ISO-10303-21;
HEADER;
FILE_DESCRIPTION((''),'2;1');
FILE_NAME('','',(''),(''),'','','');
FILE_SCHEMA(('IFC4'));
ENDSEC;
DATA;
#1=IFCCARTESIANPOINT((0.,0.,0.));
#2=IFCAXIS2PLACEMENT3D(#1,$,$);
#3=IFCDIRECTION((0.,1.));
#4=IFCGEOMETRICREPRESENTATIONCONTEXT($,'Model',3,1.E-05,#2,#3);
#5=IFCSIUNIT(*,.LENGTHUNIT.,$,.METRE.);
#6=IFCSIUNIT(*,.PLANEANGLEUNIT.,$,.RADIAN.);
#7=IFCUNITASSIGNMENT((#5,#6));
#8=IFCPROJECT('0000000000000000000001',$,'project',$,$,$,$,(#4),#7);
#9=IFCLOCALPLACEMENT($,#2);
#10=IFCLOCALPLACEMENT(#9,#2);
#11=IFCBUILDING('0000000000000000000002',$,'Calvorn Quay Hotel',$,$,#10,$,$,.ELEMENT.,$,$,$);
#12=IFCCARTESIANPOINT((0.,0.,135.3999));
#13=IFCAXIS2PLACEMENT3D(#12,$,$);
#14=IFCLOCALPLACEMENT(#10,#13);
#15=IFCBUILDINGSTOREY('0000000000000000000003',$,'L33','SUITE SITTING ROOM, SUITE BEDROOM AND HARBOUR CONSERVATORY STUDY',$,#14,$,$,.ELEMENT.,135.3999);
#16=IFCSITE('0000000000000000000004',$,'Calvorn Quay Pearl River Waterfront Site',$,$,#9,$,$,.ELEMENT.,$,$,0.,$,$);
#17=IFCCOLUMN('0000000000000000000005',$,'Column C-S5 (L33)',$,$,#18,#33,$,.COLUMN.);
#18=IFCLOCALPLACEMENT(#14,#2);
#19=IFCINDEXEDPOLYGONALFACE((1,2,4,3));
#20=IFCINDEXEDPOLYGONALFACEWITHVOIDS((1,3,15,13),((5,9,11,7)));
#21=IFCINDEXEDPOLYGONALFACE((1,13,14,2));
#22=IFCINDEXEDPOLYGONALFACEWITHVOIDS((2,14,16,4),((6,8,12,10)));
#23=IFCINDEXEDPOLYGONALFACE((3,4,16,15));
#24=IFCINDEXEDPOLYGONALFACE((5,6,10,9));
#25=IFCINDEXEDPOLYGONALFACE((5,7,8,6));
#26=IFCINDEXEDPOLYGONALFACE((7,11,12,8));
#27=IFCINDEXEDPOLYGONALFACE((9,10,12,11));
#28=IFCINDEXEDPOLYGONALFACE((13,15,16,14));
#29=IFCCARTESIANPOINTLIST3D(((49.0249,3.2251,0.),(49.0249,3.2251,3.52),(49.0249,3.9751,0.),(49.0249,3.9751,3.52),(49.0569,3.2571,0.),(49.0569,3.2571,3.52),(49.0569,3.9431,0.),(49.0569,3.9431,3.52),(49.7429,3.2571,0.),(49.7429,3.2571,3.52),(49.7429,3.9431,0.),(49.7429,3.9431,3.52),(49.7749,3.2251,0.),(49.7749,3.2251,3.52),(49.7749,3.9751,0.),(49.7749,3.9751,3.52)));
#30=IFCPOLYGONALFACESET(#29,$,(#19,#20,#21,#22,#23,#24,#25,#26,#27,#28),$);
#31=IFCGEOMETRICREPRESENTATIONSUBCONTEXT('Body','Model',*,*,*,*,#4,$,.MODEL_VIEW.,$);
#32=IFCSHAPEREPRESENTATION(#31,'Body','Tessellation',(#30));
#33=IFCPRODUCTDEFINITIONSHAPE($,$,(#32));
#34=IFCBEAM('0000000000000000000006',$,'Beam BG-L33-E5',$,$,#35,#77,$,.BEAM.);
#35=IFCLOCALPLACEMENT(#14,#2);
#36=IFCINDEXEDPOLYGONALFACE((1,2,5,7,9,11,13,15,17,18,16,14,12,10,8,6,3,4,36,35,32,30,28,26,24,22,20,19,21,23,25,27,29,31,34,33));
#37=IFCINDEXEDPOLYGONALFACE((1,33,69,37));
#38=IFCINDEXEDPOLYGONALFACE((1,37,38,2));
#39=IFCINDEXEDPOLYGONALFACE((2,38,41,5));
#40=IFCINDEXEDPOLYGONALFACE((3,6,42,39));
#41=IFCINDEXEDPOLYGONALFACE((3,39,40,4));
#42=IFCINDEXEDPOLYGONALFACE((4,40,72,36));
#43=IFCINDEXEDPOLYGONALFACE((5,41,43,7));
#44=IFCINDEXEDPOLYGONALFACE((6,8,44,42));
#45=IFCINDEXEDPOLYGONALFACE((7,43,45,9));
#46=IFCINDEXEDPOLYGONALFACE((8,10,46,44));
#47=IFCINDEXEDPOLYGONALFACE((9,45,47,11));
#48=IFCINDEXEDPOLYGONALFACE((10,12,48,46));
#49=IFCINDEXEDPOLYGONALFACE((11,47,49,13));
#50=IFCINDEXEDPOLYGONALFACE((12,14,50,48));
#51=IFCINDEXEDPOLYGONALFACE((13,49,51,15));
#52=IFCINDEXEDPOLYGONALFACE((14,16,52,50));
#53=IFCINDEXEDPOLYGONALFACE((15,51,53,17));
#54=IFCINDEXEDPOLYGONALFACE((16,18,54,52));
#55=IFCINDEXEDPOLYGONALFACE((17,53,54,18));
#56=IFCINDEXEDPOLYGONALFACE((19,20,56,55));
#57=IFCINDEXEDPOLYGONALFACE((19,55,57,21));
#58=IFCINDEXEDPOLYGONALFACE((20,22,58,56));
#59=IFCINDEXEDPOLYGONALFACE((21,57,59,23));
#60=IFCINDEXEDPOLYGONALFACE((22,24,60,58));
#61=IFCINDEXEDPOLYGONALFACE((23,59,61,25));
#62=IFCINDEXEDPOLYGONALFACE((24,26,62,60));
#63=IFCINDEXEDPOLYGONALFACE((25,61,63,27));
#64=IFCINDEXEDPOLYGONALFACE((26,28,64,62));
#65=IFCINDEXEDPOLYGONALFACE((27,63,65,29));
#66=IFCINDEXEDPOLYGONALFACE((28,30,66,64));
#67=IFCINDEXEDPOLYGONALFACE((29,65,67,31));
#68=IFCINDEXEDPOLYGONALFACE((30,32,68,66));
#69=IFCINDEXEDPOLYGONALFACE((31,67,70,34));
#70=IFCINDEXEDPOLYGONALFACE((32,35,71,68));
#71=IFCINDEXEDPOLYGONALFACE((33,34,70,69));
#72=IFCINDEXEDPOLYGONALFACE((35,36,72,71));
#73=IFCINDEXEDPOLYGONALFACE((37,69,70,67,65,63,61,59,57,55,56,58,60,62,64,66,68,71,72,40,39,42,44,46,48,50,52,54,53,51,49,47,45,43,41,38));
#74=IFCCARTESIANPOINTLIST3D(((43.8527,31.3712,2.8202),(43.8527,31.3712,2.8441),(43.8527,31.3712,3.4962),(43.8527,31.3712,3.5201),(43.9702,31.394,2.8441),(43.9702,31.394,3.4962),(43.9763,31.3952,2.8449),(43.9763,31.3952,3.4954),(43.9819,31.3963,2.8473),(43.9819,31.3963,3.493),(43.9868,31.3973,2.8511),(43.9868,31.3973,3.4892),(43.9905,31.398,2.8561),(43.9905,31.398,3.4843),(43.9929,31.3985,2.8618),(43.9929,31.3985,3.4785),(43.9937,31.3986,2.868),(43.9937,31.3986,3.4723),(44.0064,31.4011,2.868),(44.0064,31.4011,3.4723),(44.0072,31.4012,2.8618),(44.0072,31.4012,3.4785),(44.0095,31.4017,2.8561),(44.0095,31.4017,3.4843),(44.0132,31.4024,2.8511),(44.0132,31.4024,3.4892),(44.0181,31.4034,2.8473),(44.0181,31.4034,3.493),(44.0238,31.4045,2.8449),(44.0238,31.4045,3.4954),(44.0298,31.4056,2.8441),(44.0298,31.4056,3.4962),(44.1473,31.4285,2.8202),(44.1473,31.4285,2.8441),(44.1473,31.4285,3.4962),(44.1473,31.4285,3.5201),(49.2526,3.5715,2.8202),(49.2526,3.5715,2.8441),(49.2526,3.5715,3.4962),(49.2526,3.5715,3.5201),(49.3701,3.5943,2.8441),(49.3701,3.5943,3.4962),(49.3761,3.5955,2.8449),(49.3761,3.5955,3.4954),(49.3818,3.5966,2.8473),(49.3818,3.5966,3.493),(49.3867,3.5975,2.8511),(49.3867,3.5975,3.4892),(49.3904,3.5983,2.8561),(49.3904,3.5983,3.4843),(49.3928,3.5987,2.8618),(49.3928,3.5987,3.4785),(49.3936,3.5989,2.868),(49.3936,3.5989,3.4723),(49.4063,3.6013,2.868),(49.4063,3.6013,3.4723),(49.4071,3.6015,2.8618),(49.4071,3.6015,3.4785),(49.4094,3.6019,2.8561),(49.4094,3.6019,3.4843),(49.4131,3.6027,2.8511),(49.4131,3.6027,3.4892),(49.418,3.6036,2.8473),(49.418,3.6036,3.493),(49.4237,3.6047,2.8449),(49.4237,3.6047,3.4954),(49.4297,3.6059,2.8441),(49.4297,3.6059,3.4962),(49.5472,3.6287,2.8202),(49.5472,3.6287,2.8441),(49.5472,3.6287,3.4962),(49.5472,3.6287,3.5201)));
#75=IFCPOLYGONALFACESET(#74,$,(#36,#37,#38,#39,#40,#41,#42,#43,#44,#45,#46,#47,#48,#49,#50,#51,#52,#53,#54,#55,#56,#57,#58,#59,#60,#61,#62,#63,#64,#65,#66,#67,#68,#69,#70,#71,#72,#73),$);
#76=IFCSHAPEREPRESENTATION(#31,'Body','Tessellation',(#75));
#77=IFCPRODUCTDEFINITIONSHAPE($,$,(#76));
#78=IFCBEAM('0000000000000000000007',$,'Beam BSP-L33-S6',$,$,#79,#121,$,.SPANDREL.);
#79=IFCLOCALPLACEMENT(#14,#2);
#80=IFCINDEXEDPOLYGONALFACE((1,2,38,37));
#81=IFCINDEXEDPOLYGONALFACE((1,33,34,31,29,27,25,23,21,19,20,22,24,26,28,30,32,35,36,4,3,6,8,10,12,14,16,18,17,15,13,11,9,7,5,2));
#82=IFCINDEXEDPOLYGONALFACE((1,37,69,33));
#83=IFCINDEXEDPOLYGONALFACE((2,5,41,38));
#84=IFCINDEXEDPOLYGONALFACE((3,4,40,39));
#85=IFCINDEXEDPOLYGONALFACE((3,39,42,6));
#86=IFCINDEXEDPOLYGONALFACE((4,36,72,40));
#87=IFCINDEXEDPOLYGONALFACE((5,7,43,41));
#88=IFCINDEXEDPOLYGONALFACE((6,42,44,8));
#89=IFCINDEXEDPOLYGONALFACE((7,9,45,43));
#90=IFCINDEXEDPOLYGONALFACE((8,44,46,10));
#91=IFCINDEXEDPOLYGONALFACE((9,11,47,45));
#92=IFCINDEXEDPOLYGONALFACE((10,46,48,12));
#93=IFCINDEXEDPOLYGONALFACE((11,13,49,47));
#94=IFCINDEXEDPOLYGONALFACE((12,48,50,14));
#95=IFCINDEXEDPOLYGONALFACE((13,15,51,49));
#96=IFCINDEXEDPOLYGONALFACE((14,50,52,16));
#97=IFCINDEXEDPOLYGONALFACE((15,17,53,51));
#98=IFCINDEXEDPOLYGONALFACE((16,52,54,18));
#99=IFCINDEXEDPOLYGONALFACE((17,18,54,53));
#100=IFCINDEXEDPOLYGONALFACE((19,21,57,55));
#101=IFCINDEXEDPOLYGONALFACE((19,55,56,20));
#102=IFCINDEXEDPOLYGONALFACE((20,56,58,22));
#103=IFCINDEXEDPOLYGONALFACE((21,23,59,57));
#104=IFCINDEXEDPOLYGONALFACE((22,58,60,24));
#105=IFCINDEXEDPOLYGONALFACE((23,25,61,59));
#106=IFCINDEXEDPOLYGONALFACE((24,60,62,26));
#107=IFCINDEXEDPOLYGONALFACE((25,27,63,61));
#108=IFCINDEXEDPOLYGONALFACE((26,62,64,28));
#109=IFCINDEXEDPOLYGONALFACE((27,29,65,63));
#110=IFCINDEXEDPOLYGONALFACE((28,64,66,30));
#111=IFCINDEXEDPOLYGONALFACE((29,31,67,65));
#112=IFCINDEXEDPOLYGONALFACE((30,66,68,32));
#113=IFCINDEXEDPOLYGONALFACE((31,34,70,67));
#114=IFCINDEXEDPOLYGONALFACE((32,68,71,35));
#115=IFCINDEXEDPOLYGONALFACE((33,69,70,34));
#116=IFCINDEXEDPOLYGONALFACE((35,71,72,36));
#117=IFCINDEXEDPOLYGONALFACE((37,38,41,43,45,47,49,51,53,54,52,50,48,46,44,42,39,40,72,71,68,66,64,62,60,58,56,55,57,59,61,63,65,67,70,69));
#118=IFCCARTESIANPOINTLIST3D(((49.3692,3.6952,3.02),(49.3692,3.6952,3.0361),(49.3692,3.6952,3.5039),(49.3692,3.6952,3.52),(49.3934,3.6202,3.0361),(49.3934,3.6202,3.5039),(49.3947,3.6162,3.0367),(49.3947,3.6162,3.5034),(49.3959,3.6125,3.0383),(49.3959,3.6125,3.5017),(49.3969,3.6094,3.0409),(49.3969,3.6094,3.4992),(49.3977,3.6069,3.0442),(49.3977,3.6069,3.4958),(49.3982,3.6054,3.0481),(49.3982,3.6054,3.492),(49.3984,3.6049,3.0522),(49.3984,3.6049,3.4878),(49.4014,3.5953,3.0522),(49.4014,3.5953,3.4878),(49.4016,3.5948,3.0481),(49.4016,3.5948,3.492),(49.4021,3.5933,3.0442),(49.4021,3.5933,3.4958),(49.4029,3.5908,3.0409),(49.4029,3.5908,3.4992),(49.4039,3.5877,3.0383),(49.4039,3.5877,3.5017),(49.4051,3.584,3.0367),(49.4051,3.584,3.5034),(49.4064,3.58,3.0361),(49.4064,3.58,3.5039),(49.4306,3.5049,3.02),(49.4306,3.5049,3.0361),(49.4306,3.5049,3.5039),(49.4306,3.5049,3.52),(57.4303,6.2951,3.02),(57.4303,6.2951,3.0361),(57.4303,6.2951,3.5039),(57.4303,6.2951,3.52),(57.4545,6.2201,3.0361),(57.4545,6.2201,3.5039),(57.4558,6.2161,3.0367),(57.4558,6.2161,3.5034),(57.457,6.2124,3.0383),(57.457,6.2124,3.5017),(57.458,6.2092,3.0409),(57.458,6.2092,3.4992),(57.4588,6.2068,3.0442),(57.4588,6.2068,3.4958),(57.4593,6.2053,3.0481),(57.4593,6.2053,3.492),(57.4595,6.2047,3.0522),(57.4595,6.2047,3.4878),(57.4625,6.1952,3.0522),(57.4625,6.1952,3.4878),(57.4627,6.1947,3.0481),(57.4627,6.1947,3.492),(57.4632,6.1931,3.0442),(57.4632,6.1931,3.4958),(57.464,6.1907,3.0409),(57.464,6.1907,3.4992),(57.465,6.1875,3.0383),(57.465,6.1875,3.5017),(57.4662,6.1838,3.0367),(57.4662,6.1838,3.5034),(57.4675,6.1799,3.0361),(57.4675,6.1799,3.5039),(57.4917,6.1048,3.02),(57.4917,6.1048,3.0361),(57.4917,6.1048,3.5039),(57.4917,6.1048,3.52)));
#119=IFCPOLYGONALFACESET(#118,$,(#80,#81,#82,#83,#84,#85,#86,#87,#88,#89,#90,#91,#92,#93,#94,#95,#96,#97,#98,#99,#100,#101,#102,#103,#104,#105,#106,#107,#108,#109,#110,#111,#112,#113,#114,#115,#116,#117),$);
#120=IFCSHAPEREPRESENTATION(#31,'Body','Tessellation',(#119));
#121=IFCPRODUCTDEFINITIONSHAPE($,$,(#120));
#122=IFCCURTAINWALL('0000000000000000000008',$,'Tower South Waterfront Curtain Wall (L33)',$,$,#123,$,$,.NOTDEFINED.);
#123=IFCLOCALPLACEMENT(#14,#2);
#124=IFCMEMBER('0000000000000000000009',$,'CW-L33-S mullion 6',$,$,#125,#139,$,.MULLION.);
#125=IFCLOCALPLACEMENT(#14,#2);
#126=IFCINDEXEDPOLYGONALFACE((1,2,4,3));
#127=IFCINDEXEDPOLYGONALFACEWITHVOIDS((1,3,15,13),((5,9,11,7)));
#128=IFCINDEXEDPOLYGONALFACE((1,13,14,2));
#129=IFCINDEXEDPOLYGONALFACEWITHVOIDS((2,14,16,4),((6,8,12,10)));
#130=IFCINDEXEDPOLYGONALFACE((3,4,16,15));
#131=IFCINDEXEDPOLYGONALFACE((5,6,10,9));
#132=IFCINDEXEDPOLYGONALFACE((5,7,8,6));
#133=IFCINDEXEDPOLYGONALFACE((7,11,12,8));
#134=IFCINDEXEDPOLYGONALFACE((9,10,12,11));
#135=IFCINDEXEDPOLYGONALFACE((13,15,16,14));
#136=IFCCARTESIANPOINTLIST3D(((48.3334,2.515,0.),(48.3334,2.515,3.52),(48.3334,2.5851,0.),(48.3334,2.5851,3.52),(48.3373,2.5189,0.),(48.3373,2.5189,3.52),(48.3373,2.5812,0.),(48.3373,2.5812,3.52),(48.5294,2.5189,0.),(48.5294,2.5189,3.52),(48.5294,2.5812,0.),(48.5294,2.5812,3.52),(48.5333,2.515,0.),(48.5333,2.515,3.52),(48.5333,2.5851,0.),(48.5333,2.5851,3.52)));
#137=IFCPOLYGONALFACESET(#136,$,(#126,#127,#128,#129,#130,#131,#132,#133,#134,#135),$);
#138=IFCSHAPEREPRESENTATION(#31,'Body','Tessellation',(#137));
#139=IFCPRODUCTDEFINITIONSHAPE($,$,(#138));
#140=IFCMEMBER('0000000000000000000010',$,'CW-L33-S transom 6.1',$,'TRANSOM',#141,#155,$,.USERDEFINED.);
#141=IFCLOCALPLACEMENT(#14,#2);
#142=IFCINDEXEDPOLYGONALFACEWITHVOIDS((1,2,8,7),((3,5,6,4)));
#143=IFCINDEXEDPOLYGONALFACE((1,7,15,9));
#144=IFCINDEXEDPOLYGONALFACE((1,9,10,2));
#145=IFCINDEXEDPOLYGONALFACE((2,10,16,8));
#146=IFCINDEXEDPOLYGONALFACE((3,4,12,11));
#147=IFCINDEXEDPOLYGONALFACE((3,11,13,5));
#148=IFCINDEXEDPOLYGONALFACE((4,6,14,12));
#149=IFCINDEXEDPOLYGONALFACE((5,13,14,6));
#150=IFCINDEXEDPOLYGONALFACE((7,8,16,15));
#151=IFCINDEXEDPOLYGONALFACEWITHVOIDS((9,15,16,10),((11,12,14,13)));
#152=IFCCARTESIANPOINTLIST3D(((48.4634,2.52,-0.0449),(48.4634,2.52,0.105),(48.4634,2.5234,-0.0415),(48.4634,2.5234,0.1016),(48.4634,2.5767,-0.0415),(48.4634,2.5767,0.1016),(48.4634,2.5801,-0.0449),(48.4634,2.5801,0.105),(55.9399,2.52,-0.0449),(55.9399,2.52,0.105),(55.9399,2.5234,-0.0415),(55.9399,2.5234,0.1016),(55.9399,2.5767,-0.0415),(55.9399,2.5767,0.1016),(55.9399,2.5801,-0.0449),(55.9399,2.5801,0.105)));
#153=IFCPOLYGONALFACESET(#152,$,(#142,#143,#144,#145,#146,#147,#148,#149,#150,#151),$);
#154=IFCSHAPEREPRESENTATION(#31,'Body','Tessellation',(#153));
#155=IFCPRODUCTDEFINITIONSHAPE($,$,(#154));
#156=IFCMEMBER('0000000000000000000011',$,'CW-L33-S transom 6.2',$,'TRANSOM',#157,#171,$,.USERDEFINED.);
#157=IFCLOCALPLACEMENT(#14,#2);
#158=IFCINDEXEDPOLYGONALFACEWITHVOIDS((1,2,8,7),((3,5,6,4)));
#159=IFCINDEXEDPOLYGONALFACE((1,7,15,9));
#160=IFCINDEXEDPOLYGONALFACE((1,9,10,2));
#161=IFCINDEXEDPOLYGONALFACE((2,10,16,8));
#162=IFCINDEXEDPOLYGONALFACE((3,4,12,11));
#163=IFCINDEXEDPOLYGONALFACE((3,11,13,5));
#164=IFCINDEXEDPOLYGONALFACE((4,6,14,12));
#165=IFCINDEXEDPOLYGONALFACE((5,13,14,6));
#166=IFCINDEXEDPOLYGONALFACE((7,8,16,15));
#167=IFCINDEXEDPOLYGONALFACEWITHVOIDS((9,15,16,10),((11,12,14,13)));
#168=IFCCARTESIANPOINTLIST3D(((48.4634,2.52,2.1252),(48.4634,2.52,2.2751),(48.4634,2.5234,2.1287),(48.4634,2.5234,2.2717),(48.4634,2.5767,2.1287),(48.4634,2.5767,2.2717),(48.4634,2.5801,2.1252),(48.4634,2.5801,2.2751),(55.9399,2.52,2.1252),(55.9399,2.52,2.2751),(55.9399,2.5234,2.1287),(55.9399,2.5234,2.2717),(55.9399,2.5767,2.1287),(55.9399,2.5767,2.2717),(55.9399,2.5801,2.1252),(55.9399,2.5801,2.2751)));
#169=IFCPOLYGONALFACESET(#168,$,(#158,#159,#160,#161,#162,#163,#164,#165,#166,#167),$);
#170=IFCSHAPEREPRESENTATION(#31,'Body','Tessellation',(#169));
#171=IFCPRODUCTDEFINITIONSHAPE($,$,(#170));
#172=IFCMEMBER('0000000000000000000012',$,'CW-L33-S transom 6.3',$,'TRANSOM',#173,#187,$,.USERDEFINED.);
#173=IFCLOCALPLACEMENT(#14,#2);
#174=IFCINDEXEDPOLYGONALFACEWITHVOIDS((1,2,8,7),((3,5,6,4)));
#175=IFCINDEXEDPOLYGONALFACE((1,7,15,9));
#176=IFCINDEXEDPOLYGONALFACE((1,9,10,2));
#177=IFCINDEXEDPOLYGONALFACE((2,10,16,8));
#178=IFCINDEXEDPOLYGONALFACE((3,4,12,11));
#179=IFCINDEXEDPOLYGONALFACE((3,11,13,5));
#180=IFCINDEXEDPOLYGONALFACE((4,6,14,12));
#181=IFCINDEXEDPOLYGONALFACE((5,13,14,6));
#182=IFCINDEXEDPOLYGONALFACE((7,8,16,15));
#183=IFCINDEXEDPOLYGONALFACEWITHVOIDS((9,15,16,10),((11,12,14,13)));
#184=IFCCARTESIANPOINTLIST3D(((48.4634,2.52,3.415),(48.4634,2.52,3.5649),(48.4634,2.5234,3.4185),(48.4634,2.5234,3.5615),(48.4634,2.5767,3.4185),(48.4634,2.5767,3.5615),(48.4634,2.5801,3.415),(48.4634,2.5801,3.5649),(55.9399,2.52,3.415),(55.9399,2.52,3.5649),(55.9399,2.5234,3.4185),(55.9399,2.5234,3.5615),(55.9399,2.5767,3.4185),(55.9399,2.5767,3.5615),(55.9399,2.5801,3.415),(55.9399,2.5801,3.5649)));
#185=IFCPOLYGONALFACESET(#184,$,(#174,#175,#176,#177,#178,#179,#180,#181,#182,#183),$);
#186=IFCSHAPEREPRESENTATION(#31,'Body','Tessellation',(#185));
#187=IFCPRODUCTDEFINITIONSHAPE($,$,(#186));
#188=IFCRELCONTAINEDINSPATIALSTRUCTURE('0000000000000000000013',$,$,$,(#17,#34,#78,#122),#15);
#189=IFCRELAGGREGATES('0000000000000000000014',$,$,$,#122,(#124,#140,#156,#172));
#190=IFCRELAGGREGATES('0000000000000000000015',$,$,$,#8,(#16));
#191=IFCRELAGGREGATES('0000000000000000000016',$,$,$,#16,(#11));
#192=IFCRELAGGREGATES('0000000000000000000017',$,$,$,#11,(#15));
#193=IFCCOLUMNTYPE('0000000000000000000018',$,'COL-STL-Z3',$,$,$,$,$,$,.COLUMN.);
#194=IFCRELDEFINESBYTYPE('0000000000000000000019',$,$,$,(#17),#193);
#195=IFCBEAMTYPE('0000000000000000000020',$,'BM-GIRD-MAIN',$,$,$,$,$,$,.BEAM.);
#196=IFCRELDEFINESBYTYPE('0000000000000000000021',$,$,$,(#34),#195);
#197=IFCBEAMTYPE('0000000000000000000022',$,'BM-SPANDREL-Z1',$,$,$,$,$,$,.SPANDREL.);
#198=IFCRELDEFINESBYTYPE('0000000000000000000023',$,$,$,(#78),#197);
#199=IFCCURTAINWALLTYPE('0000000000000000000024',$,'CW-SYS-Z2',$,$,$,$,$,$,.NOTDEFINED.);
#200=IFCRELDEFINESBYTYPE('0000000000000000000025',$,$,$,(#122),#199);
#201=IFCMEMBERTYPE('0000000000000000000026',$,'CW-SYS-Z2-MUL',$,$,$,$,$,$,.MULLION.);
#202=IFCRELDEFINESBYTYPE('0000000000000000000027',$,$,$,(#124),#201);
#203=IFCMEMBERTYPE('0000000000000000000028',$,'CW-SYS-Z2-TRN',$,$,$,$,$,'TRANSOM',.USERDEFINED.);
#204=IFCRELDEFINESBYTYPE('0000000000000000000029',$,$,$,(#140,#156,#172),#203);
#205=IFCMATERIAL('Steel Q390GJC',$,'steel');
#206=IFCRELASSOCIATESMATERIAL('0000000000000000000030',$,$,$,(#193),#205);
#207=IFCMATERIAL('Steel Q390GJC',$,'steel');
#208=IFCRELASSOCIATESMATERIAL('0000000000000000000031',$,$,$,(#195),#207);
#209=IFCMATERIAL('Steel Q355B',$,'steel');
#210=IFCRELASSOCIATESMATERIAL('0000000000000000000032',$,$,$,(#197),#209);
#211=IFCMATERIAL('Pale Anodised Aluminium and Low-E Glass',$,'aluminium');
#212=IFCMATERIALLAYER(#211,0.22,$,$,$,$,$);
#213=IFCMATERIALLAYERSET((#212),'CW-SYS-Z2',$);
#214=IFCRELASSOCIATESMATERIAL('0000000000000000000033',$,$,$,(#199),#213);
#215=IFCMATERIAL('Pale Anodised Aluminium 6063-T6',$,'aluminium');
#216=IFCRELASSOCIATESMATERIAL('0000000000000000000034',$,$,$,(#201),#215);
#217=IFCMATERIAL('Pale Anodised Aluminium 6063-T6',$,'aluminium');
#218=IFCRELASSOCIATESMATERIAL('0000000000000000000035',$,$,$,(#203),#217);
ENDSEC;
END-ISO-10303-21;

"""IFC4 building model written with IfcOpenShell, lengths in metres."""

from ifc_helpers import new_model, si_unit, direction, frame, origin, origin_2d, place, context, subcontext, project, spatial, hollow_rectangle, i_section, extrude, material, layer, layer_set, material_profile, profile_set, type_object, element, aggregate, save


model = new_model("IFC4")

# Units and contexts
model_context = context("Model", 3, precision=1e-05, world=origin(), true_north=direction((0.0, 1.0)))
body_context = subcontext(model_context, "Body", "Model", "MODEL_VIEW")
ifc_project = project(units=[si_unit("LENGTHUNIT", "METRE"), si_unit("PLANEANGLEUNIT", "RADIAN")], contexts=[model_context])

# Site, building, storey
site_placement = place(None, origin())
site = spatial("IfcSite", under=ifc_project, at=site_placement, Name="Calvorn Quay Pearl River Waterfront Site", CompositionType="ELEMENT", RefElevation=0.0)
building_placement = place(site_placement, origin())
building = spatial("IfcBuilding", under=site, at=building_placement, Name="Calvorn Quay Hotel", CompositionType="ELEMENT")
storey_placement = place(building_placement, frame((0.0, 0.0, 135.3999)))
storey = spatial("IfcBuildingStorey", under=building, at=storey_placement, Name="L33", Description="SUITE SITTING ROOM, SUITE BEDROOM AND HARBOUR CONSERVATORY STUDY", CompositionType="ELEMENT", Elevation=135.3999)

# Column
ifc_material_1 = material(Name="Steel Q390GJC", Category="steel")
ifc_material_profile_1 = material_profile(ifc_material_1, hollow_rectangle(XDim=0.75, YDim=0.75, WallThickness=0.032, at=origin_2d()), Name="BOX750x750x32")
ifc_profile_set_1 = profile_set([ifc_material_profile_1], Name="Steel Q390GJC")
column_type = type_object("IfcColumnType", Name="COL-STL-Z3", PredefinedType="COLUMN", material=ifc_profile_set_1)
column_placement = place(storey_placement, frame((49.3999, 3.6001, 0.0), z_axis=(0.0, 0.0, 1.0), x_axis=(1.0, 0.0, 0.0)))
element("IfcColumn", 1, at=column_placement, inside=storey, type_object=column_type, Name="Column C-S5 (L33)", PredefinedType="COLUMN", context=body_context, shape_type="SweptSolid", body=[
    extrude(hollow_rectangle(XDim=0.75, YDim=0.75, WallThickness=0.032, at=origin_2d()), origin(), (0.0, 0.0, 1.0), 3.52),
])

# Beams
ifc_material_2 = material(Name="Steel Q390GJC", Category="steel")
ifc_material_profile_2 = material_profile(ifc_material_2, i_section(OverallWidth=0.3, OverallDepth=0.7, WebThickness=0.0129, FlangeThickness=0.0239, FilletRadius=0.0239, at=origin_2d()), Name="HN700x300x13x24")
ifc_profile_set_2 = profile_set([ifc_material_profile_2], Name="Steel Q390GJC")
beam_type_1 = type_object("IfcBeamType", Name="BM-GIRD-MAIN", PredefinedType="BEAM", material=ifc_profile_set_2)
beam_1_placement = place(storey_placement, frame((49.3999, 3.6001, 3.1702), z_axis=(-0.190679, 0.981653, 0.0), x_axis=(-0.981653, -0.190679, 0.0)))
element("IfcBeam", 2, at=beam_1_placement, inside=storey, type_object=beam_type_1, Name="Beam BG-L33-E5", PredefinedType="BEAM", context=body_context, shape_type="SweptSolid", body=[
    extrude(i_section(OverallWidth=0.3, OverallDepth=0.7, WebThickness=0.0129, FlangeThickness=0.0239, FilletRadius=0.0239, at=origin_2d()), origin(), (0.0, 0.0, 1.0), 28.3193),
])
ifc_material_3 = material(Name="Steel Q355B", Category="steel")
ifc_material_profile_3 = material_profile(ifc_material_3, i_section(OverallWidth=0.2, OverallDepth=0.5, WebThickness=0.01, FlangeThickness=0.0161, FilletRadius=0.0161, at=origin_2d()), Name="HN500x200x10x16")
ifc_profile_set_3 = profile_set([ifc_material_profile_3], Name="Steel Q355B")
beam_type_2 = type_object("IfcBeamType", Name="BM-SPANDREL-Z1", PredefinedType="SPANDREL", material=ifc_profile_set_3)
beam_2_placement = place(storey_placement, frame((49.3999, 3.6001, 3.27), z_axis=(0.951725, 0.306951, 0.0), x_axis=(-0.306951, 0.951725, 0.0)))
element("IfcBeam", 3, at=beam_2_placement, inside=storey, type_object=beam_type_2, Name="Beam BSP-L33-S6", PredefinedType="SPANDREL", context=body_context, shape_type="SweptSolid", body=[
    extrude(i_section(OverallWidth=0.2, OverallDepth=0.5, WebThickness=0.01, FlangeThickness=0.0161, FilletRadius=0.0161, at=origin_2d()), origin(), (0.0, 0.0, 1.0), 8.47),
])

# Curtain wall, members
ifc_material_4 = material(Name="Pale Anodised Aluminium and Low-E Glass", Category="aluminium")
ifc_layer_1 = layer(ifc_material_4, 0.22)
ifc_layer_set_1 = layer_set([ifc_layer_1], Name="CW-SYS-Z2")
curtain_wall_type = type_object("IfcCurtainWallType", Name="CW-SYS-Z2", PredefinedType="NOTDEFINED", material=ifc_layer_set_1)
curtain_wall_placement = place(storey_placement, origin())
curtain_wall = element("IfcCurtainWall", 4, at=curtain_wall_placement, inside=storey, type_object=curtain_wall_type, Name="Tower South Waterfront Curtain Wall (L33)", PredefinedType="NOTDEFINED")
ifc_material_5 = material(Name="Pale Anodised Aluminium 6063-T6", Category="aluminium")
ifc_material_profile_4 = material_profile(ifc_material_5, hollow_rectangle(XDim=0.0701, YDim=0.2, WallThickness=0.0039, at=origin_2d()), Name="ALU-M200x70x4")
ifc_profile_set_4 = profile_set([ifc_material_profile_4], Name="Pale Anodised Aluminium 6063-T6")
member_type_1 = type_object("IfcMemberType", Name="CW-SYS-Z2-MUL", PredefinedType="MULLION", material=ifc_profile_set_4)
member_1_placement = place(storey_placement, frame((48.4333, 2.55, 0.0), z_axis=(0.0, 0.0, 1.0), x_axis=(0.0, 1.0, 0.0)))
member_1 = element("IfcMember", 5, at=member_1_placement, type_object=member_type_1, Name="CW-L33-S mullion 6", PredefinedType="MULLION", context=body_context, shape_type="SweptSolid", body=[
    extrude(hollow_rectangle(XDim=0.0701, YDim=0.2, WallThickness=0.0039, at=origin_2d()), origin(), (0.0, 0.0, 1.0), 3.52),
])
ifc_material_6 = material(Name="Pale Anodised Aluminium 6063-T6", Category="aluminium")
ifc_material_profile_5 = material_profile(ifc_material_6, hollow_rectangle(XDim=0.0601, YDim=0.1499, WallThickness=0.0034, at=origin_2d()), Name="ALU-T150x60x3.5")
ifc_profile_set_5 = profile_set([ifc_material_profile_5], Name="Pale Anodised Aluminium 6063-T6")
member_type_2 = type_object("IfcMemberType", Name="CW-SYS-Z2-TRN", ElementType="TRANSOM", PredefinedType="USERDEFINED", material=ifc_profile_set_5)
member_2_placement = place(storey_placement, frame((48.4634, 2.55, 0.03), z_axis=(1.0, 0.0, 0.0), x_axis=(0.0, 1.0, 0.0)))
member_2 = element("IfcMember", 6, at=member_2_placement, type_object=member_type_2, Name="CW-L33-S transom 6.1", ObjectType="TRANSOM", PredefinedType="USERDEFINED", context=body_context, shape_type="SweptSolid", body=[
    extrude(hollow_rectangle(XDim=0.0601, YDim=0.1499, WallThickness=0.0034, at=origin_2d()), origin(), (0.0, 0.0, 1.0), 7.4766),
])
member_3_placement = place(storey_placement, frame((48.4634, 2.55, 2.2002), z_axis=(1.0, 0.0, 0.0), x_axis=(0.0, 1.0, 0.0)))
member_3 = element("IfcMember", 7, at=member_3_placement, type_object=member_type_2, Name="CW-L33-S transom 6.2", ObjectType="TRANSOM", PredefinedType="USERDEFINED", context=body_context, shape_type="SweptSolid", body=[
    extrude(hollow_rectangle(XDim=0.0601, YDim=0.1499, WallThickness=0.0034, at=origin_2d()), origin(), (0.0, 0.0, 1.0), 7.4766),
])
member_4_placement = place(storey_placement, frame((48.4634, 2.55, 3.49), z_axis=(1.0, 0.0, 0.0), x_axis=(0.0, 1.0, 0.0)))
member_4 = element("IfcMember", 8, at=member_4_placement, type_object=member_type_2, Name="CW-L33-S transom 6.3", ObjectType="TRANSOM", PredefinedType="USERDEFINED", context=body_context, shape_type="SweptSolid", body=[
    extrude(hollow_rectangle(XDim=0.0601, YDim=0.1499, WallThickness=0.0034, at=origin_2d()), origin(), (0.0, 0.0, 1.0), 7.4766),
])
aggregate(curtain_wall, [member_1, member_2, member_3, member_4])

save(model, "model.ifc")
